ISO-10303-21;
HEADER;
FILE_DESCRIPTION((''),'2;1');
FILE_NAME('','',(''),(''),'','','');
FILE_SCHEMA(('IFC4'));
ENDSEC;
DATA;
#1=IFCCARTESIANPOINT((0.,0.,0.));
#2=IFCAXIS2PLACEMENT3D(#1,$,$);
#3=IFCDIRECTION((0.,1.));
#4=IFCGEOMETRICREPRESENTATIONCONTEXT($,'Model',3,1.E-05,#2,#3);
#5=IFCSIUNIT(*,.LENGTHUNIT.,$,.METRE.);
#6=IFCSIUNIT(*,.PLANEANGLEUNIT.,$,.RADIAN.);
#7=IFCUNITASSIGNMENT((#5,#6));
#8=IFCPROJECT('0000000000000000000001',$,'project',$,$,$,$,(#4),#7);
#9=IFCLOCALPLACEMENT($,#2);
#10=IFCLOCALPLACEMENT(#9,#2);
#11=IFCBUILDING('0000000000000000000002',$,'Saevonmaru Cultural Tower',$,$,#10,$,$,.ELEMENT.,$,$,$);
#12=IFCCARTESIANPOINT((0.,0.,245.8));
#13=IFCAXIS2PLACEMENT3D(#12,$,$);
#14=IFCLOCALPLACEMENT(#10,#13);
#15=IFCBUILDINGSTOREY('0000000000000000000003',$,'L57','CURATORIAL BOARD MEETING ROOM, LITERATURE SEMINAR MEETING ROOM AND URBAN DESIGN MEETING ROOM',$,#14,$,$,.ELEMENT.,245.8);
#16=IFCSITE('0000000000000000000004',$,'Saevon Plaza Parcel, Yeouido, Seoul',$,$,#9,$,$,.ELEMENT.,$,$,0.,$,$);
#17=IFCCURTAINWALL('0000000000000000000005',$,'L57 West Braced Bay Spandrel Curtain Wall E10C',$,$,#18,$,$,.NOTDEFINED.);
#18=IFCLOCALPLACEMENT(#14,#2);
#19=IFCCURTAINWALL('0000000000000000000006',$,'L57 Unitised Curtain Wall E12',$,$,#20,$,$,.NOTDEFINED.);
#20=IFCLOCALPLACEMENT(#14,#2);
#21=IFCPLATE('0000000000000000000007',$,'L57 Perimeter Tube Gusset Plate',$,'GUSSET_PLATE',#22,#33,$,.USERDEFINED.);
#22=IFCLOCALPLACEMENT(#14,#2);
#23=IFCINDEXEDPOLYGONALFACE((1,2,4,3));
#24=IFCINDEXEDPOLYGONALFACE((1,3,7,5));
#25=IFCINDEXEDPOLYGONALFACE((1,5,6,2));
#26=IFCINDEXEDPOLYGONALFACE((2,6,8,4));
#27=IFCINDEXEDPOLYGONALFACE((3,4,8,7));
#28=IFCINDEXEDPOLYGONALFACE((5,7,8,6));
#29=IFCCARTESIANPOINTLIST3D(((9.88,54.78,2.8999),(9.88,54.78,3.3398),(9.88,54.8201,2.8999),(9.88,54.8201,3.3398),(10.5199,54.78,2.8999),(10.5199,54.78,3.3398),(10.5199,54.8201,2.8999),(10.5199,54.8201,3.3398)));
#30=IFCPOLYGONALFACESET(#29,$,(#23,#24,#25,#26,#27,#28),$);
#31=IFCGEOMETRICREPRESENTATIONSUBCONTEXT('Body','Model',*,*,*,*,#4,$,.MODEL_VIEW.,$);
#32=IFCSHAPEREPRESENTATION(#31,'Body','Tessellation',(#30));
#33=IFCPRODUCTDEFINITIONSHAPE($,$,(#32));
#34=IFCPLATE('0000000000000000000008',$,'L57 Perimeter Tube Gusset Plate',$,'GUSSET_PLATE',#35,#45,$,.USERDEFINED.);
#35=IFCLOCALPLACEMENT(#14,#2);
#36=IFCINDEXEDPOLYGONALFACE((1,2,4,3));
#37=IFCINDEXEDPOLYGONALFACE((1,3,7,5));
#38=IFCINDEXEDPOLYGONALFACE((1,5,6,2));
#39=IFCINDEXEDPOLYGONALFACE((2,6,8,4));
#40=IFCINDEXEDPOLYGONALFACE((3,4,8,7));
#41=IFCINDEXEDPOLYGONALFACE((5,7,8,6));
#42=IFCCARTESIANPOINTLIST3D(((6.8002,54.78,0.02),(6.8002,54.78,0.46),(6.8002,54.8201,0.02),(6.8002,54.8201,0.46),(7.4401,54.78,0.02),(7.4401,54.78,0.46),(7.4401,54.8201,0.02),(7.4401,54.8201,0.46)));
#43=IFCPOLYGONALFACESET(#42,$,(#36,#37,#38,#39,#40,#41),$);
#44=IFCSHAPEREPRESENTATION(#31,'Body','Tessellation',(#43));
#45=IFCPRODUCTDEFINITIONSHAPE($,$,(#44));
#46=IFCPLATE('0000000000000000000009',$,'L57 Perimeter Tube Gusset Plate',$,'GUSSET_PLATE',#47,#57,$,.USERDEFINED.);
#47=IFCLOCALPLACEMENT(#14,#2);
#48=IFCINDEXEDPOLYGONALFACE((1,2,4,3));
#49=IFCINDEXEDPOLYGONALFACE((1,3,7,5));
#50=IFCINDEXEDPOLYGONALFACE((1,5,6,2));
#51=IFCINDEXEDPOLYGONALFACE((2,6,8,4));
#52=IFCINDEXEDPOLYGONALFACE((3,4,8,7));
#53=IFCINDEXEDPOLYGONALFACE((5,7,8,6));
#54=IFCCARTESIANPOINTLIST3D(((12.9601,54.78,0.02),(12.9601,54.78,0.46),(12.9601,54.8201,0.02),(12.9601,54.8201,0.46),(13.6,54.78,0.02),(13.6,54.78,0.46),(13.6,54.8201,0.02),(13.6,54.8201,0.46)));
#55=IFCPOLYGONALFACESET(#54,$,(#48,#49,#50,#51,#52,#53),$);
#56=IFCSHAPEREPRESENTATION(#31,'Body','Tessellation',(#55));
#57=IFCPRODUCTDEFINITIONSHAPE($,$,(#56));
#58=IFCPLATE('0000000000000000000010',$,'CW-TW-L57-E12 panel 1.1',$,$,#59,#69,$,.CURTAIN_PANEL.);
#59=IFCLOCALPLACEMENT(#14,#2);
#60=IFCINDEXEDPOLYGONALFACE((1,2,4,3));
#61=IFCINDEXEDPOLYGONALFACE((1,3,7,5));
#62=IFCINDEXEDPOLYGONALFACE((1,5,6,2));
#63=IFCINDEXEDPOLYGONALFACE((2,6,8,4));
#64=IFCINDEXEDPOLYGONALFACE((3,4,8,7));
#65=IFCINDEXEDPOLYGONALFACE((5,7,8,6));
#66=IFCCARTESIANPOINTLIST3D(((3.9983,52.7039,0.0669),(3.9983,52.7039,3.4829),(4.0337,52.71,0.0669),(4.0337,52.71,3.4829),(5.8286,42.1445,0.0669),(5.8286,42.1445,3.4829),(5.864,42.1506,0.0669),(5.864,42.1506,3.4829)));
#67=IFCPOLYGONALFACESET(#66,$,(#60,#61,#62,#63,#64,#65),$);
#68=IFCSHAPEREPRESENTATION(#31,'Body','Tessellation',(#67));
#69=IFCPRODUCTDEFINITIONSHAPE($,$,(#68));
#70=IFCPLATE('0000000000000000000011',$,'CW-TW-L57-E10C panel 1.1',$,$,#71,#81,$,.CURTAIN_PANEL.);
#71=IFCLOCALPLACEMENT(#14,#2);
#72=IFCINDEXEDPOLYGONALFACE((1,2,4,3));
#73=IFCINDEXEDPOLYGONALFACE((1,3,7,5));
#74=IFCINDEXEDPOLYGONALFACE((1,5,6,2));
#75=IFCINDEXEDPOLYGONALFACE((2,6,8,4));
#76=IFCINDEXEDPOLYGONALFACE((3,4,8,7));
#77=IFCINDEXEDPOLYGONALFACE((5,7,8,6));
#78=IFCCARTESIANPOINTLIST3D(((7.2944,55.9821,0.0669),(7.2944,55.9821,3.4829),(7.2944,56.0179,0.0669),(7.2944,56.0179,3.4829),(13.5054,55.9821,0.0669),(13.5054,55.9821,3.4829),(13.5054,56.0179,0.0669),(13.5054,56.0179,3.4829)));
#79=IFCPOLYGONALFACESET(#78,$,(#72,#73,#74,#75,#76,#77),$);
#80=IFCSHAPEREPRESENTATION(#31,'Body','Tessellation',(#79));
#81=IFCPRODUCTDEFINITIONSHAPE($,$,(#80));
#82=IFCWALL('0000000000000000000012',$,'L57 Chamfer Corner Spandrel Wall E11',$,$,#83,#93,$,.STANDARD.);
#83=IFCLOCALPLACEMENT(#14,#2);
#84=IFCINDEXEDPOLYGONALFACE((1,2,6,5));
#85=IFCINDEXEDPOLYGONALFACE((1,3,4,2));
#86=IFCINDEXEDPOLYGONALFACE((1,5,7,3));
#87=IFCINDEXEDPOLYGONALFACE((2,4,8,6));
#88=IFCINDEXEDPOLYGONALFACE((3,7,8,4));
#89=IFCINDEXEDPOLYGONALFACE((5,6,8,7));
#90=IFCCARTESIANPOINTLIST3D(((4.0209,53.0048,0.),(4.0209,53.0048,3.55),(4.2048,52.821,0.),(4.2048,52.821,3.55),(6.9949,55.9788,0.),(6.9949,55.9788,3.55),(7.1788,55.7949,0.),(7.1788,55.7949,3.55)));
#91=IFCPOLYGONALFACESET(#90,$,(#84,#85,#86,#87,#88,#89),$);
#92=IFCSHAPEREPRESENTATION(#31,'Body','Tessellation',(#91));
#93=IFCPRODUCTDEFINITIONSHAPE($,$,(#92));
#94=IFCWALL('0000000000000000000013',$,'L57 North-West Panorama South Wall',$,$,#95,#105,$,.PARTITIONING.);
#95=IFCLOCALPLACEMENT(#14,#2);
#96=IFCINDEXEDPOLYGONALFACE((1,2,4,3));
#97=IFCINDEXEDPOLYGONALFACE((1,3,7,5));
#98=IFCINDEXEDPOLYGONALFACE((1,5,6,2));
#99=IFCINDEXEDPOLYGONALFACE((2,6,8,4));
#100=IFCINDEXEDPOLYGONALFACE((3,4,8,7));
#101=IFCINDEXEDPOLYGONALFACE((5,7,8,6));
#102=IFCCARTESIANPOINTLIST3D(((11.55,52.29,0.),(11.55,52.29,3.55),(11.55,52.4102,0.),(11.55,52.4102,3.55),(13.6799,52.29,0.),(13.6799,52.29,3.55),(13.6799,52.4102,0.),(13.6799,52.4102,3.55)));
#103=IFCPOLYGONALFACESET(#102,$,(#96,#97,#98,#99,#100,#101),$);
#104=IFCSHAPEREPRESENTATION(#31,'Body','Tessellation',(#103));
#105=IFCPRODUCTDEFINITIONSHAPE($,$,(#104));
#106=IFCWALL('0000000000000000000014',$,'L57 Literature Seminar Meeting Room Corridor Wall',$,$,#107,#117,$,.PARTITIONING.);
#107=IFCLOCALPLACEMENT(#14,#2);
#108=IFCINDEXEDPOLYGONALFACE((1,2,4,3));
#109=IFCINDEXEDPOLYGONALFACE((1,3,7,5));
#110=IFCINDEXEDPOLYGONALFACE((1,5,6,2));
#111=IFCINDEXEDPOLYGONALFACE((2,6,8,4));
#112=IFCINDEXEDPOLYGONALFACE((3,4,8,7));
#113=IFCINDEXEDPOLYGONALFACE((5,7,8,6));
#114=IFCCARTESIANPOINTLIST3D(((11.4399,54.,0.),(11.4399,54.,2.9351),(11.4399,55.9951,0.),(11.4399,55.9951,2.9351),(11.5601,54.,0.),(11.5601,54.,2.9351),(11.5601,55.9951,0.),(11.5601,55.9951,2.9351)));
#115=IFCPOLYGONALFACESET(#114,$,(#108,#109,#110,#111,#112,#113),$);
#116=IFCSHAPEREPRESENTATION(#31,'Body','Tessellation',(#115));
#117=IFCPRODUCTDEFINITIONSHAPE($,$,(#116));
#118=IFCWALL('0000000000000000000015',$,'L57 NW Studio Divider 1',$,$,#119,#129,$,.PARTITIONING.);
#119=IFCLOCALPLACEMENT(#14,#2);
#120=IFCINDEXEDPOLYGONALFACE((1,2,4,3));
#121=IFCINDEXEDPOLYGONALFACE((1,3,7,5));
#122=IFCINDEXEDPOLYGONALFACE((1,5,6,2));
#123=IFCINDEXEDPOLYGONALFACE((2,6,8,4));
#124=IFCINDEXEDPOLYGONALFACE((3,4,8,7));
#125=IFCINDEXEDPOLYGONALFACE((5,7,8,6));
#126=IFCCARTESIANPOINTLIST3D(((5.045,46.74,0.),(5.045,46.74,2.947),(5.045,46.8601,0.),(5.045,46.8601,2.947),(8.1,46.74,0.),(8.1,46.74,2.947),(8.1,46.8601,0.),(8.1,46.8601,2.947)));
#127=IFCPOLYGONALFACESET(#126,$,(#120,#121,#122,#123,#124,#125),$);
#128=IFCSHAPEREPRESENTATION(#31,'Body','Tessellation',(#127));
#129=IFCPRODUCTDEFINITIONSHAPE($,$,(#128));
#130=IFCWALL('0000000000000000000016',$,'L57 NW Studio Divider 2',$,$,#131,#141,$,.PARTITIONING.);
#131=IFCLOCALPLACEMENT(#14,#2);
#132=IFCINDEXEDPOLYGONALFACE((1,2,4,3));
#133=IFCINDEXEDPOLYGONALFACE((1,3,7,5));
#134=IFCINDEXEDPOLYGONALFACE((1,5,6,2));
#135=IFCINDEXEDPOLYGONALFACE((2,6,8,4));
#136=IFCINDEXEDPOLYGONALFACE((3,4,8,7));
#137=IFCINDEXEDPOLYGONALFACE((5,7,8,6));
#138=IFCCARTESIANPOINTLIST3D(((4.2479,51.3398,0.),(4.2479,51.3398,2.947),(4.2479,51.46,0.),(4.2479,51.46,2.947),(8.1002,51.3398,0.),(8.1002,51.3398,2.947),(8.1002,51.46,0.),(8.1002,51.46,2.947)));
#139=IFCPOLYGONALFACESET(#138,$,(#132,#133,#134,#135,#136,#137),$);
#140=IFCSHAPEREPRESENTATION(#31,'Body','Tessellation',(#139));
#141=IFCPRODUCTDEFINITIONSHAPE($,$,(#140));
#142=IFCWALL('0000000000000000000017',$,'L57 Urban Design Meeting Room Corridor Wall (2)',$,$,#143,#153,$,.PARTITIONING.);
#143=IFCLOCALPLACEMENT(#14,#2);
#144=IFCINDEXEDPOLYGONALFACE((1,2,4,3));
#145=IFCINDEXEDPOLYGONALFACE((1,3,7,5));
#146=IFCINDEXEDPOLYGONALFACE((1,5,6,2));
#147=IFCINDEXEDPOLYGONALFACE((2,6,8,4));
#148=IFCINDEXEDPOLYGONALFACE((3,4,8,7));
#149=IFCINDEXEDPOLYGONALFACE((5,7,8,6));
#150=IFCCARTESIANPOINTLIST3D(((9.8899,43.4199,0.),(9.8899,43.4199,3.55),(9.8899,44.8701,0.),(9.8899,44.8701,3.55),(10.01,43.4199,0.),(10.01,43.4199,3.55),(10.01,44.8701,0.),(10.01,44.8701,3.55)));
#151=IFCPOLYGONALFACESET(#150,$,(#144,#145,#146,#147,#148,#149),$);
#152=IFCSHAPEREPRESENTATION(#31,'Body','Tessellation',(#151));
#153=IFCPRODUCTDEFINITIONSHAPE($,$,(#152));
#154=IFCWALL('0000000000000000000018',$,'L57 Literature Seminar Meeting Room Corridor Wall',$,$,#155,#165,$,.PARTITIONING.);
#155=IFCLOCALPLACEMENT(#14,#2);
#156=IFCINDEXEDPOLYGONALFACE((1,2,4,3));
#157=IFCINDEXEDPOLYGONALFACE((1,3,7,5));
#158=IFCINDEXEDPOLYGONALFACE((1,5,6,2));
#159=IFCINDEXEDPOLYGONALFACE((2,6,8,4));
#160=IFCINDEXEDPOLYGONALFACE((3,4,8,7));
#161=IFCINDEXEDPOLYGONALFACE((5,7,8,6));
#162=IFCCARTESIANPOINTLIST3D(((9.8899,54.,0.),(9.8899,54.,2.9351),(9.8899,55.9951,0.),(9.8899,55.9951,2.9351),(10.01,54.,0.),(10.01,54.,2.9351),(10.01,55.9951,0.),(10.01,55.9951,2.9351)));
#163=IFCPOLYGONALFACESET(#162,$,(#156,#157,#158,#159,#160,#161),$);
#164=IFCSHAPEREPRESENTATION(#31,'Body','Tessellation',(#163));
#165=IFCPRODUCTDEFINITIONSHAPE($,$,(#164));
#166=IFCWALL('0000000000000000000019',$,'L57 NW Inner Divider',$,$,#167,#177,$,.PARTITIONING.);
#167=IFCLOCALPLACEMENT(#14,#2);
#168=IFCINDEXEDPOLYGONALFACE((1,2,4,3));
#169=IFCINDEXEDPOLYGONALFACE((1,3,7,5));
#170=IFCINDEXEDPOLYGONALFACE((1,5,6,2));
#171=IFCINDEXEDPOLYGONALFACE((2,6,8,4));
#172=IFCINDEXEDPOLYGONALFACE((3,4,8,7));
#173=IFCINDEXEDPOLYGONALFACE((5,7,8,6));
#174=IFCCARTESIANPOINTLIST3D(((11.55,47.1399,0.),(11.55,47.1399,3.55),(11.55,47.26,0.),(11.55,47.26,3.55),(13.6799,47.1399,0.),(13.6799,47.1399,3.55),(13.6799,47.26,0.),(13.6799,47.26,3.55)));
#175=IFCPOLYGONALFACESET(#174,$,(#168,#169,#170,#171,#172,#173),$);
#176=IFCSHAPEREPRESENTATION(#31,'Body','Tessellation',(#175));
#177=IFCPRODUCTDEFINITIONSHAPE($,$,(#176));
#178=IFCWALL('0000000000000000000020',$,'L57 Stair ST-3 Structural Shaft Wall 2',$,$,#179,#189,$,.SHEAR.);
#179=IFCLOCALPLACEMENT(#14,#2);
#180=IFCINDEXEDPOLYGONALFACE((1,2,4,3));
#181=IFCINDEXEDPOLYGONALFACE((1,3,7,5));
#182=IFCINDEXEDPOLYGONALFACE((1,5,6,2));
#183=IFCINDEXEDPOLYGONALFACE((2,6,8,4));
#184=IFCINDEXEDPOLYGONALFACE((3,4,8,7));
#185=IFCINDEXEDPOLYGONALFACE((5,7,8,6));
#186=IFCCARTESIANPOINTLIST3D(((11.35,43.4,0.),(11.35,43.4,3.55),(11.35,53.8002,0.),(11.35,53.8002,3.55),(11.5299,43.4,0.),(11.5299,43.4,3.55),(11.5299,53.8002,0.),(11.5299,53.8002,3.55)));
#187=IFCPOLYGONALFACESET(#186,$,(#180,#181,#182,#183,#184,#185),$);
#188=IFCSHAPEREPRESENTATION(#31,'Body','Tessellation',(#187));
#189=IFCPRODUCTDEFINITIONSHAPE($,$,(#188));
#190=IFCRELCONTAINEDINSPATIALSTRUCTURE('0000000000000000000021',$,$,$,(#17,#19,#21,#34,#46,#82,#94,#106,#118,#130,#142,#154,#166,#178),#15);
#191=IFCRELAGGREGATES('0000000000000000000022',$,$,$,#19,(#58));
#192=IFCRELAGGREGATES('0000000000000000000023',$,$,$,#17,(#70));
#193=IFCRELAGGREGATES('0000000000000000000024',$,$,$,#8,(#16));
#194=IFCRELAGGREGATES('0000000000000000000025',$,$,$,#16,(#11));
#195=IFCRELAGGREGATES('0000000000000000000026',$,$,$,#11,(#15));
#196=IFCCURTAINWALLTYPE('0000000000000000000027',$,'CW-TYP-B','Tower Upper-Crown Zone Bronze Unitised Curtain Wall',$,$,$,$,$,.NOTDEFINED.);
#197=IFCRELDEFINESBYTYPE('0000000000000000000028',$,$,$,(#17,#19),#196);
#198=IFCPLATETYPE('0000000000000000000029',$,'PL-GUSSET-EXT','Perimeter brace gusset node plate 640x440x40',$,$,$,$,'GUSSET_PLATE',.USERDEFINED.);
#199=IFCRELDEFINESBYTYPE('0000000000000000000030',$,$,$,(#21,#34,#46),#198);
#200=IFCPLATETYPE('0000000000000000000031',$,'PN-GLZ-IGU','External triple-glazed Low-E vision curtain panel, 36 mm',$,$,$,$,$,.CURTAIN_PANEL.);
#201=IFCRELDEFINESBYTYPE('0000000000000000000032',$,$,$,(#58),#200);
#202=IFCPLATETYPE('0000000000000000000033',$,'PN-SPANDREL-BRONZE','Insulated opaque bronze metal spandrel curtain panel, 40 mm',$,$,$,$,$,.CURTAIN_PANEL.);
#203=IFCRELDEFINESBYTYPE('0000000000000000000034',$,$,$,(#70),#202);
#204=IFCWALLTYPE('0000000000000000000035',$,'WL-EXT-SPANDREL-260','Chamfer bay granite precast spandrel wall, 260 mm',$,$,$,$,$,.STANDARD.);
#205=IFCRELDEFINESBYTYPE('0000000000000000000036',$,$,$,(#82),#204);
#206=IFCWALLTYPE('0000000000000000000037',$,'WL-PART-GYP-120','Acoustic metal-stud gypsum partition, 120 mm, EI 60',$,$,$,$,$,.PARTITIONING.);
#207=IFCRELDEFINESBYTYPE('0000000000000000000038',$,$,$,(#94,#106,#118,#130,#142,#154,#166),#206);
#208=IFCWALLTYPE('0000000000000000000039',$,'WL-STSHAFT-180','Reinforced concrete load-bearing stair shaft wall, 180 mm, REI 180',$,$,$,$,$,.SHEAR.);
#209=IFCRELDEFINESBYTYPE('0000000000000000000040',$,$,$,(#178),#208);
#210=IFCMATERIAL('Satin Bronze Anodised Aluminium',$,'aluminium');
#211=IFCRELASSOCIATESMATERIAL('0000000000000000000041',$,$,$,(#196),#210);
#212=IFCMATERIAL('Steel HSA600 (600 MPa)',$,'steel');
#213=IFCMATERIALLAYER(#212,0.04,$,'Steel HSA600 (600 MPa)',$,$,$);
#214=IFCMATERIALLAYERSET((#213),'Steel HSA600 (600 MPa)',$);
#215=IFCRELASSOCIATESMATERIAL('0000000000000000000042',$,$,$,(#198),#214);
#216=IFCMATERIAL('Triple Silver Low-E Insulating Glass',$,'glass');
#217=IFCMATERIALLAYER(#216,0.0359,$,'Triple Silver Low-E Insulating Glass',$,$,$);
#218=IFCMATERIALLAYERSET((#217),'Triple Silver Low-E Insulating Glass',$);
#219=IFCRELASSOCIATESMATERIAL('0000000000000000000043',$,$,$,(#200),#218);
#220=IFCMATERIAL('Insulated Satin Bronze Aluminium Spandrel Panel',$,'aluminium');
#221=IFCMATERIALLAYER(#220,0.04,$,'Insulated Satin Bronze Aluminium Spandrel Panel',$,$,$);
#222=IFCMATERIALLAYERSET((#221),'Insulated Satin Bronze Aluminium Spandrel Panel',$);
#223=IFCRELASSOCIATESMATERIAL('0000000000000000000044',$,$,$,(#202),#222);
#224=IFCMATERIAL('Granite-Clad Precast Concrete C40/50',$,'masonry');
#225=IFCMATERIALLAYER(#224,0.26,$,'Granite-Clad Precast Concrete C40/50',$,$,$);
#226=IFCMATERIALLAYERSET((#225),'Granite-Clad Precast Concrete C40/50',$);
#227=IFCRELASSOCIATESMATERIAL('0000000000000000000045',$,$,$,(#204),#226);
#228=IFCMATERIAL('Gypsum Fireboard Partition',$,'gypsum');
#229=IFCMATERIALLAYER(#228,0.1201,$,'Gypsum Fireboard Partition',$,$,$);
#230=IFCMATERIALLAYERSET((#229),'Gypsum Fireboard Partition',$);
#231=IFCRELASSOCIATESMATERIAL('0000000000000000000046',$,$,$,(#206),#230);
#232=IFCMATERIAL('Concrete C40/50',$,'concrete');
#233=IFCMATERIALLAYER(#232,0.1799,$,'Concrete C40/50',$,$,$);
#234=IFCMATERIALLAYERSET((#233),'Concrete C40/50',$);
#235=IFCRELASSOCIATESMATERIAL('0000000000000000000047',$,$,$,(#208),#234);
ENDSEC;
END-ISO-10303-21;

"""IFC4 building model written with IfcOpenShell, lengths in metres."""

from ifc_helpers import new_model, si_unit, direction, frame, frame_2d, origin, origin_2d, place, context, subcontext, project, spatial, rectangle, extrude, material, layer, layer_set, type_object, element, aggregate, save


model = new_model("IFC4")

# Units and contexts
model_context = context("Model", 3, precision=1e-05, world=origin(), true_north=direction((0.0, 1.0)))
body_context = subcontext(model_context, "Body", "Model", "MODEL_VIEW")
ifc_project = project(units=[si_unit("LENGTHUNIT", "METRE"), si_unit("PLANEANGLEUNIT", "RADIAN")], contexts=[model_context])

# Site, building, storey
site_placement = place(None, origin())
site = spatial("IfcSite", under=ifc_project, at=site_placement, Name="Saevon Plaza Parcel, Yeouido, Seoul", CompositionType="ELEMENT", RefElevation=0.0)
building_placement = place(site_placement, origin())
building = spatial("IfcBuilding", under=site, at=building_placement, Name="Saevonmaru Cultural Tower", CompositionType="ELEMENT")
storey_placement = place(building_placement, frame((0.0, 0.0, 245.8)))
storey = spatial("IfcBuildingStorey", under=building, at=storey_placement, Name="L57", Description="CURATORIAL BOARD MEETING ROOM, LITERATURE SEMINAR MEETING ROOM AND URBAN DESIGN MEETING ROOM", CompositionType="ELEMENT", Elevation=245.8)

# Curtain wall
ifc_material_1 = material(Name="Satin Bronze Anodised Aluminium", Category="aluminium")
curtain_wall_type = type_object("IfcCurtainWallType", Name="CW-TYP-B", Description="Tower Upper-Crown Zone Bronze Unitised Curtain Wall", PredefinedType="NOTDEFINED", material=ifc_material_1)
curtain_wall_1_placement = place(storey_placement, origin())
curtain_wall_1 = element("IfcCurtainWall", 1, at=curtain_wall_1_placement, inside=storey, type_object=curtain_wall_type, Name="L57 West Braced Bay Spandrel Curtain Wall E10C", PredefinedType="NOTDEFINED")

# Curtain wall
curtain_wall_2_placement = place(storey_placement, origin())
curtain_wall_2 = element("IfcCurtainWall", 2, at=curtain_wall_2_placement, inside=storey, type_object=curtain_wall_type, Name="L57 Unitised Curtain Wall E12", PredefinedType="NOTDEFINED")

# Plates
ifc_material_2 = material(Name="Steel HSA600 (600 MPa)", Category="steel")
ifc_layer_1 = layer(ifc_material_2, 0.04, Name="Steel HSA600 (600 MPa)")
ifc_layer_set_1 = layer_set([ifc_layer_1], Name="Steel HSA600 (600 MPa)")
plate_type_1 = type_object("IfcPlateType", Name="PL-GUSSET-EXT", Description="Perimeter brace gusset node plate 640x440x40", ElementType="GUSSET_PLATE", PredefinedType="USERDEFINED", material=ifc_layer_set_1)
for number, where, z_axis, x_axis, name in (
    (3, (10.2, 54.8, 2.8999), (0.0, 0.0, 1.0), (1.0, 0.0, 0.0), "L57 Perimeter Tube Gusset Plate"),
    (4, (7.1201, 54.8, 0.02), (0.0, 0.0, 1.0), (1.0, 0.0, 0.0), "L57 Perimeter Tube Gusset Plate"),
    (5, (13.28, 54.8, 0.02), (0.0, 0.0, 1.0), (1.0, 0.0, 0.0), "L57 Perimeter Tube Gusset Plate"),
):
    element("IfcPlate", number, at=place(storey_placement, frame(where, z_axis=z_axis, x_axis=x_axis)), inside=storey, type_object=plate_type_1, Name=name, ObjectType="GUSSET_PLATE", PredefinedType="USERDEFINED", context=body_context, shape_type="SweptSolid", body=[
        extrude(rectangle(XDim=0.6399, YDim=0.04, at=origin_2d()), origin(), (0.0, 0.0, 1.0), 0.4399),
    ])

# Plates
ifc_material_3 = material(Name="Triple Silver Low-E Insulating Glass", Category="glass")
ifc_layer_2 = layer(ifc_material_3, 0.0359, Name="Triple Silver Low-E Insulating Glass")
ifc_layer_set_2 = layer_set([ifc_layer_2], Name="Triple Silver Low-E Insulating Glass")
plate_type_2 = type_object("IfcPlateType", Name="PN-GLZ-IGU", Description="External triple-glazed Low-E vision curtain panel, 36 mm", PredefinedType="CURTAIN_PANEL", material=ifc_layer_set_2)
plate_1_placement = place(storey_placement, frame((4.9312, 47.4272, 0.0669), z_axis=(0.0, 0.0, 1.0), x_axis=(0.17079, -0.985307, 0.0)))
plate_1 = element("IfcPlate", 6, at=plate_1_placement, type_object=plate_type_2, Name="CW-TW-L57-E12 panel 1.1", PredefinedType="CURTAIN_PANEL", context=body_context, shape_type="SweptSolid", body=[
    extrude(rectangle(XDim=10.7168, YDim=0.0359, at=origin_2d()), origin(), (0.0, 0.0, 1.0), 3.416),
])
aggregate(curtain_wall_2, [plate_1])
ifc_material_4 = material(Name="Insulated Satin Bronze Aluminium Spandrel Panel", Category="aluminium")
ifc_layer_3 = layer(ifc_material_4, 0.04, Name="Insulated Satin Bronze Aluminium Spandrel Panel")
ifc_layer_set_3 = layer_set([ifc_layer_3], Name="Insulated Satin Bronze Aluminium Spandrel Panel")
plate_type_3 = type_object("IfcPlateType", Name="PN-SPANDREL-BRONZE", Description="Insulated opaque bronze metal spandrel curtain panel, 40 mm", PredefinedType="CURTAIN_PANEL", material=ifc_layer_set_3)
plate_2_placement = place(storey_placement, frame((10.3999, 56.0, 0.0669), z_axis=(0.0, 0.0, 1.0), x_axis=(-1.0, 0.0, 0.0)))
plate_2 = element("IfcPlate", 7, at=plate_2_placement, type_object=plate_type_3, Name="CW-TW-L57-E10C panel 1.1", PredefinedType="CURTAIN_PANEL", context=body_context, shape_type="SweptSolid", body=[
    extrude(rectangle(XDim=6.2109, YDim=0.0359, at=origin_2d()), origin(), (0.0, 0.0, 1.0), 3.416),
])
aggregate(curtain_wall_1, [plate_2])

# Walls
ifc_material_5 = material(Name="Granite-Clad Precast Concrete C40/50", Category="masonry")
ifc_layer_4 = layer(ifc_material_5, 0.26, Name="Granite-Clad Precast Concrete C40/50")
ifc_layer_set_4 = layer_set([ifc_layer_4], Name="Granite-Clad Precast Concrete C40/50")
wall_type_1 = type_object("IfcWallType", Name="WL-EXT-SPANDREL-260", Description="Chamfer bay granite precast spandrel wall, 260 mm", PredefinedType="STANDARD", material=ifc_layer_set_4)
wall_1_placement = place(storey_placement, frame((7.0869, 55.887, 0.0), z_axis=(0.0, 0.0, 1.0), x_axis=(-0.707107, -0.707107, 0.0)))
element("IfcWall", 8, at=wall_1_placement, inside=storey, type_object=wall_type_1, Name="L57 Chamfer Corner Spandrel Wall E11", PredefinedType="STANDARD", context=body_context, shape_type="SweptSolid", body=[
    extrude(rectangle(XDim=4.2058, YDim=0.26, at=frame_2d((2.103, 0.0))), origin(), (0.0, 0.0, 1.0), 3.55),
])
ifc_material_6 = material(Name="Gypsum Fireboard Partition", Category="gypsum")
ifc_layer_5 = layer(ifc_material_6, 0.1201, Name="Gypsum Fireboard Partition")
ifc_layer_set_5 = layer_set([ifc_layer_5], Name="Gypsum Fireboard Partition")
wall_type_2 = type_object("IfcWallType", Name="WL-PART-GYP-120", Description="Acoustic metal-stud gypsum partition, 120 mm, EI 60", PredefinedType="PARTITIONING", material=ifc_layer_set_5)
wall_2_placement = place(storey_placement, frame((11.55, 52.3501, 0.0), z_axis=(0.0, 0.0, 1.0), x_axis=(1.0, 0.0, 0.0)))
element("IfcWall", 9, at=wall_2_placement, inside=storey, type_object=wall_type_2, Name="L57 North-West Panorama South Wall", PredefinedType="PARTITIONING", context=body_context, shape_type="SweptSolid", body=[
    extrude(rectangle(XDim=2.1299, YDim=0.1201, at=frame_2d((1.0649, 0.0))), origin(), (0.0, 0.0, 1.0), 3.55),
])
wall_3_placement = place(storey_placement, frame((11.5, 54.0, 0.0), z_axis=(0.0, 0.0, 1.0), x_axis=(0.0, 1.0, 0.0)))
element("IfcWall", 10, at=wall_3_placement, inside=storey, type_object=wall_type_2, Name="L57 Literature Seminar Meeting Room Corridor Wall", PredefinedType="PARTITIONING", context=body_context, shape_type="SweptSolid", body=[
    extrude(rectangle(XDim=1.9951, YDim=0.1201, at=frame_2d((0.9976, 0.0))), origin(), (0.0, 0.0, 1.0), 2.9351),
])
wall_4_placement = place(storey_placement, frame((5.0452, 46.8, 0.0), z_axis=(0.0, 0.0, 1.0), x_axis=(1.0, 0.0, 0.0)))
element("IfcWall", 11, at=wall_4_placement, inside=storey, type_object=wall_type_2, Name="L57 NW Studio Divider 1", PredefinedType="PARTITIONING", context=body_context, shape_type="SweptSolid", body=[
    extrude(rectangle(XDim=3.0549, YDim=0.1201, at=frame_2d((1.5273, 0.0))), origin(), (0.0, 0.0, 1.0), 2.947),
])
wall_5_placement = place(storey_placement, frame((4.2478, 51.3999, 0.0), z_axis=(0.0, 0.0, 1.0), x_axis=(1.0, 0.0, 0.0)))
element("IfcWall", 12, at=wall_5_placement, inside=storey, type_object=wall_type_2, Name="L57 NW Studio Divider 2", PredefinedType="PARTITIONING", context=body_context, shape_type="SweptSolid", body=[
    extrude(rectangle(XDim=3.8523, YDim=0.1201, at=frame_2d((1.9263, 0.0))), origin(), (0.0, 0.0, 1.0), 2.947),
])
wall_6_placement = place(storey_placement, frame((9.95, 43.4199, 0.0), z_axis=(0.0, 0.0, 1.0), x_axis=(0.0, 1.0, 0.0)))
element("IfcWall", 13, at=wall_6_placement, inside=storey, type_object=wall_type_2, Name="L57 Urban Design Meeting Room Corridor Wall (2)", PredefinedType="PARTITIONING", context=body_context, shape_type="SweptSolid", body=[
    extrude(rectangle(XDim=1.4502, YDim=0.1201, at=frame_2d((0.7251, 0.0))), origin(), (0.0, 0.0, 1.0), 3.55),
])
wall_7_placement = place(storey_placement, frame((9.95, 54.0, 0.0), z_axis=(0.0, 0.0, 1.0), x_axis=(0.0, 1.0, 0.0)))
element("IfcWall", 14, at=wall_7_placement, inside=storey, type_object=wall_type_2, Name="L57 Literature Seminar Meeting Room Corridor Wall", PredefinedType="PARTITIONING", context=body_context, shape_type="SweptSolid", body=[
    extrude(rectangle(XDim=1.9951, YDim=0.1201, at=frame_2d((0.9976, 0.0))), origin(), (0.0, 0.0, 1.0), 2.9351),
])
wall_8_placement = place(storey_placement, frame((11.55, 47.2, 0.0), z_axis=(0.0, 0.0, 1.0), x_axis=(1.0, 0.0, 0.0)))
element("IfcWall", 15, at=wall_8_placement, inside=storey, type_object=wall_type_2, Name="L57 NW Inner Divider", PredefinedType="PARTITIONING", context=body_context, shape_type="SweptSolid", body=[
    extrude(rectangle(XDim=2.1299, YDim=0.1201, at=frame_2d((1.0649, 0.0))), origin(), (0.0, 0.0, 1.0), 3.55),
])

# Shared definitions
ifc_material_7 = material(Name="Concrete C40/50", Category="concrete")
ifc_layer_6 = layer(ifc_material_7, 0.1799, Name="Concrete C40/50")
ifc_layer_set_6 = layer_set([ifc_layer_6], Name="Concrete C40/50")
wall_type_3 = type_object("IfcWallType", Name="WL-STSHAFT-180", Description="Reinforced concrete load-bearing stair shaft wall, 180 mm, REI 180", PredefinedType="SHEAR", material=ifc_layer_set_6)

# Wall
wall_9_placement = place(storey_placement, frame((11.4399, 43.3999, 0.0), z_axis=(0.0, 0.0, 1.0), x_axis=(0.0, 1.0, 0.0)))
element("IfcWall", 16, at=wall_9_placement, inside=storey, type_object=wall_type_3, Name="L57 Stair ST-3 Structural Shaft Wall 2", PredefinedType="SHEAR", context=body_context, shape_type="SweptSolid", body=[
    extrude(rectangle(XDim=10.4001, YDim=0.1799, at=frame_2d((5.2002, 0.0))), origin(), (0.0, 0.0, 1.0), 3.55),
])

save(model, "model.ifc")
